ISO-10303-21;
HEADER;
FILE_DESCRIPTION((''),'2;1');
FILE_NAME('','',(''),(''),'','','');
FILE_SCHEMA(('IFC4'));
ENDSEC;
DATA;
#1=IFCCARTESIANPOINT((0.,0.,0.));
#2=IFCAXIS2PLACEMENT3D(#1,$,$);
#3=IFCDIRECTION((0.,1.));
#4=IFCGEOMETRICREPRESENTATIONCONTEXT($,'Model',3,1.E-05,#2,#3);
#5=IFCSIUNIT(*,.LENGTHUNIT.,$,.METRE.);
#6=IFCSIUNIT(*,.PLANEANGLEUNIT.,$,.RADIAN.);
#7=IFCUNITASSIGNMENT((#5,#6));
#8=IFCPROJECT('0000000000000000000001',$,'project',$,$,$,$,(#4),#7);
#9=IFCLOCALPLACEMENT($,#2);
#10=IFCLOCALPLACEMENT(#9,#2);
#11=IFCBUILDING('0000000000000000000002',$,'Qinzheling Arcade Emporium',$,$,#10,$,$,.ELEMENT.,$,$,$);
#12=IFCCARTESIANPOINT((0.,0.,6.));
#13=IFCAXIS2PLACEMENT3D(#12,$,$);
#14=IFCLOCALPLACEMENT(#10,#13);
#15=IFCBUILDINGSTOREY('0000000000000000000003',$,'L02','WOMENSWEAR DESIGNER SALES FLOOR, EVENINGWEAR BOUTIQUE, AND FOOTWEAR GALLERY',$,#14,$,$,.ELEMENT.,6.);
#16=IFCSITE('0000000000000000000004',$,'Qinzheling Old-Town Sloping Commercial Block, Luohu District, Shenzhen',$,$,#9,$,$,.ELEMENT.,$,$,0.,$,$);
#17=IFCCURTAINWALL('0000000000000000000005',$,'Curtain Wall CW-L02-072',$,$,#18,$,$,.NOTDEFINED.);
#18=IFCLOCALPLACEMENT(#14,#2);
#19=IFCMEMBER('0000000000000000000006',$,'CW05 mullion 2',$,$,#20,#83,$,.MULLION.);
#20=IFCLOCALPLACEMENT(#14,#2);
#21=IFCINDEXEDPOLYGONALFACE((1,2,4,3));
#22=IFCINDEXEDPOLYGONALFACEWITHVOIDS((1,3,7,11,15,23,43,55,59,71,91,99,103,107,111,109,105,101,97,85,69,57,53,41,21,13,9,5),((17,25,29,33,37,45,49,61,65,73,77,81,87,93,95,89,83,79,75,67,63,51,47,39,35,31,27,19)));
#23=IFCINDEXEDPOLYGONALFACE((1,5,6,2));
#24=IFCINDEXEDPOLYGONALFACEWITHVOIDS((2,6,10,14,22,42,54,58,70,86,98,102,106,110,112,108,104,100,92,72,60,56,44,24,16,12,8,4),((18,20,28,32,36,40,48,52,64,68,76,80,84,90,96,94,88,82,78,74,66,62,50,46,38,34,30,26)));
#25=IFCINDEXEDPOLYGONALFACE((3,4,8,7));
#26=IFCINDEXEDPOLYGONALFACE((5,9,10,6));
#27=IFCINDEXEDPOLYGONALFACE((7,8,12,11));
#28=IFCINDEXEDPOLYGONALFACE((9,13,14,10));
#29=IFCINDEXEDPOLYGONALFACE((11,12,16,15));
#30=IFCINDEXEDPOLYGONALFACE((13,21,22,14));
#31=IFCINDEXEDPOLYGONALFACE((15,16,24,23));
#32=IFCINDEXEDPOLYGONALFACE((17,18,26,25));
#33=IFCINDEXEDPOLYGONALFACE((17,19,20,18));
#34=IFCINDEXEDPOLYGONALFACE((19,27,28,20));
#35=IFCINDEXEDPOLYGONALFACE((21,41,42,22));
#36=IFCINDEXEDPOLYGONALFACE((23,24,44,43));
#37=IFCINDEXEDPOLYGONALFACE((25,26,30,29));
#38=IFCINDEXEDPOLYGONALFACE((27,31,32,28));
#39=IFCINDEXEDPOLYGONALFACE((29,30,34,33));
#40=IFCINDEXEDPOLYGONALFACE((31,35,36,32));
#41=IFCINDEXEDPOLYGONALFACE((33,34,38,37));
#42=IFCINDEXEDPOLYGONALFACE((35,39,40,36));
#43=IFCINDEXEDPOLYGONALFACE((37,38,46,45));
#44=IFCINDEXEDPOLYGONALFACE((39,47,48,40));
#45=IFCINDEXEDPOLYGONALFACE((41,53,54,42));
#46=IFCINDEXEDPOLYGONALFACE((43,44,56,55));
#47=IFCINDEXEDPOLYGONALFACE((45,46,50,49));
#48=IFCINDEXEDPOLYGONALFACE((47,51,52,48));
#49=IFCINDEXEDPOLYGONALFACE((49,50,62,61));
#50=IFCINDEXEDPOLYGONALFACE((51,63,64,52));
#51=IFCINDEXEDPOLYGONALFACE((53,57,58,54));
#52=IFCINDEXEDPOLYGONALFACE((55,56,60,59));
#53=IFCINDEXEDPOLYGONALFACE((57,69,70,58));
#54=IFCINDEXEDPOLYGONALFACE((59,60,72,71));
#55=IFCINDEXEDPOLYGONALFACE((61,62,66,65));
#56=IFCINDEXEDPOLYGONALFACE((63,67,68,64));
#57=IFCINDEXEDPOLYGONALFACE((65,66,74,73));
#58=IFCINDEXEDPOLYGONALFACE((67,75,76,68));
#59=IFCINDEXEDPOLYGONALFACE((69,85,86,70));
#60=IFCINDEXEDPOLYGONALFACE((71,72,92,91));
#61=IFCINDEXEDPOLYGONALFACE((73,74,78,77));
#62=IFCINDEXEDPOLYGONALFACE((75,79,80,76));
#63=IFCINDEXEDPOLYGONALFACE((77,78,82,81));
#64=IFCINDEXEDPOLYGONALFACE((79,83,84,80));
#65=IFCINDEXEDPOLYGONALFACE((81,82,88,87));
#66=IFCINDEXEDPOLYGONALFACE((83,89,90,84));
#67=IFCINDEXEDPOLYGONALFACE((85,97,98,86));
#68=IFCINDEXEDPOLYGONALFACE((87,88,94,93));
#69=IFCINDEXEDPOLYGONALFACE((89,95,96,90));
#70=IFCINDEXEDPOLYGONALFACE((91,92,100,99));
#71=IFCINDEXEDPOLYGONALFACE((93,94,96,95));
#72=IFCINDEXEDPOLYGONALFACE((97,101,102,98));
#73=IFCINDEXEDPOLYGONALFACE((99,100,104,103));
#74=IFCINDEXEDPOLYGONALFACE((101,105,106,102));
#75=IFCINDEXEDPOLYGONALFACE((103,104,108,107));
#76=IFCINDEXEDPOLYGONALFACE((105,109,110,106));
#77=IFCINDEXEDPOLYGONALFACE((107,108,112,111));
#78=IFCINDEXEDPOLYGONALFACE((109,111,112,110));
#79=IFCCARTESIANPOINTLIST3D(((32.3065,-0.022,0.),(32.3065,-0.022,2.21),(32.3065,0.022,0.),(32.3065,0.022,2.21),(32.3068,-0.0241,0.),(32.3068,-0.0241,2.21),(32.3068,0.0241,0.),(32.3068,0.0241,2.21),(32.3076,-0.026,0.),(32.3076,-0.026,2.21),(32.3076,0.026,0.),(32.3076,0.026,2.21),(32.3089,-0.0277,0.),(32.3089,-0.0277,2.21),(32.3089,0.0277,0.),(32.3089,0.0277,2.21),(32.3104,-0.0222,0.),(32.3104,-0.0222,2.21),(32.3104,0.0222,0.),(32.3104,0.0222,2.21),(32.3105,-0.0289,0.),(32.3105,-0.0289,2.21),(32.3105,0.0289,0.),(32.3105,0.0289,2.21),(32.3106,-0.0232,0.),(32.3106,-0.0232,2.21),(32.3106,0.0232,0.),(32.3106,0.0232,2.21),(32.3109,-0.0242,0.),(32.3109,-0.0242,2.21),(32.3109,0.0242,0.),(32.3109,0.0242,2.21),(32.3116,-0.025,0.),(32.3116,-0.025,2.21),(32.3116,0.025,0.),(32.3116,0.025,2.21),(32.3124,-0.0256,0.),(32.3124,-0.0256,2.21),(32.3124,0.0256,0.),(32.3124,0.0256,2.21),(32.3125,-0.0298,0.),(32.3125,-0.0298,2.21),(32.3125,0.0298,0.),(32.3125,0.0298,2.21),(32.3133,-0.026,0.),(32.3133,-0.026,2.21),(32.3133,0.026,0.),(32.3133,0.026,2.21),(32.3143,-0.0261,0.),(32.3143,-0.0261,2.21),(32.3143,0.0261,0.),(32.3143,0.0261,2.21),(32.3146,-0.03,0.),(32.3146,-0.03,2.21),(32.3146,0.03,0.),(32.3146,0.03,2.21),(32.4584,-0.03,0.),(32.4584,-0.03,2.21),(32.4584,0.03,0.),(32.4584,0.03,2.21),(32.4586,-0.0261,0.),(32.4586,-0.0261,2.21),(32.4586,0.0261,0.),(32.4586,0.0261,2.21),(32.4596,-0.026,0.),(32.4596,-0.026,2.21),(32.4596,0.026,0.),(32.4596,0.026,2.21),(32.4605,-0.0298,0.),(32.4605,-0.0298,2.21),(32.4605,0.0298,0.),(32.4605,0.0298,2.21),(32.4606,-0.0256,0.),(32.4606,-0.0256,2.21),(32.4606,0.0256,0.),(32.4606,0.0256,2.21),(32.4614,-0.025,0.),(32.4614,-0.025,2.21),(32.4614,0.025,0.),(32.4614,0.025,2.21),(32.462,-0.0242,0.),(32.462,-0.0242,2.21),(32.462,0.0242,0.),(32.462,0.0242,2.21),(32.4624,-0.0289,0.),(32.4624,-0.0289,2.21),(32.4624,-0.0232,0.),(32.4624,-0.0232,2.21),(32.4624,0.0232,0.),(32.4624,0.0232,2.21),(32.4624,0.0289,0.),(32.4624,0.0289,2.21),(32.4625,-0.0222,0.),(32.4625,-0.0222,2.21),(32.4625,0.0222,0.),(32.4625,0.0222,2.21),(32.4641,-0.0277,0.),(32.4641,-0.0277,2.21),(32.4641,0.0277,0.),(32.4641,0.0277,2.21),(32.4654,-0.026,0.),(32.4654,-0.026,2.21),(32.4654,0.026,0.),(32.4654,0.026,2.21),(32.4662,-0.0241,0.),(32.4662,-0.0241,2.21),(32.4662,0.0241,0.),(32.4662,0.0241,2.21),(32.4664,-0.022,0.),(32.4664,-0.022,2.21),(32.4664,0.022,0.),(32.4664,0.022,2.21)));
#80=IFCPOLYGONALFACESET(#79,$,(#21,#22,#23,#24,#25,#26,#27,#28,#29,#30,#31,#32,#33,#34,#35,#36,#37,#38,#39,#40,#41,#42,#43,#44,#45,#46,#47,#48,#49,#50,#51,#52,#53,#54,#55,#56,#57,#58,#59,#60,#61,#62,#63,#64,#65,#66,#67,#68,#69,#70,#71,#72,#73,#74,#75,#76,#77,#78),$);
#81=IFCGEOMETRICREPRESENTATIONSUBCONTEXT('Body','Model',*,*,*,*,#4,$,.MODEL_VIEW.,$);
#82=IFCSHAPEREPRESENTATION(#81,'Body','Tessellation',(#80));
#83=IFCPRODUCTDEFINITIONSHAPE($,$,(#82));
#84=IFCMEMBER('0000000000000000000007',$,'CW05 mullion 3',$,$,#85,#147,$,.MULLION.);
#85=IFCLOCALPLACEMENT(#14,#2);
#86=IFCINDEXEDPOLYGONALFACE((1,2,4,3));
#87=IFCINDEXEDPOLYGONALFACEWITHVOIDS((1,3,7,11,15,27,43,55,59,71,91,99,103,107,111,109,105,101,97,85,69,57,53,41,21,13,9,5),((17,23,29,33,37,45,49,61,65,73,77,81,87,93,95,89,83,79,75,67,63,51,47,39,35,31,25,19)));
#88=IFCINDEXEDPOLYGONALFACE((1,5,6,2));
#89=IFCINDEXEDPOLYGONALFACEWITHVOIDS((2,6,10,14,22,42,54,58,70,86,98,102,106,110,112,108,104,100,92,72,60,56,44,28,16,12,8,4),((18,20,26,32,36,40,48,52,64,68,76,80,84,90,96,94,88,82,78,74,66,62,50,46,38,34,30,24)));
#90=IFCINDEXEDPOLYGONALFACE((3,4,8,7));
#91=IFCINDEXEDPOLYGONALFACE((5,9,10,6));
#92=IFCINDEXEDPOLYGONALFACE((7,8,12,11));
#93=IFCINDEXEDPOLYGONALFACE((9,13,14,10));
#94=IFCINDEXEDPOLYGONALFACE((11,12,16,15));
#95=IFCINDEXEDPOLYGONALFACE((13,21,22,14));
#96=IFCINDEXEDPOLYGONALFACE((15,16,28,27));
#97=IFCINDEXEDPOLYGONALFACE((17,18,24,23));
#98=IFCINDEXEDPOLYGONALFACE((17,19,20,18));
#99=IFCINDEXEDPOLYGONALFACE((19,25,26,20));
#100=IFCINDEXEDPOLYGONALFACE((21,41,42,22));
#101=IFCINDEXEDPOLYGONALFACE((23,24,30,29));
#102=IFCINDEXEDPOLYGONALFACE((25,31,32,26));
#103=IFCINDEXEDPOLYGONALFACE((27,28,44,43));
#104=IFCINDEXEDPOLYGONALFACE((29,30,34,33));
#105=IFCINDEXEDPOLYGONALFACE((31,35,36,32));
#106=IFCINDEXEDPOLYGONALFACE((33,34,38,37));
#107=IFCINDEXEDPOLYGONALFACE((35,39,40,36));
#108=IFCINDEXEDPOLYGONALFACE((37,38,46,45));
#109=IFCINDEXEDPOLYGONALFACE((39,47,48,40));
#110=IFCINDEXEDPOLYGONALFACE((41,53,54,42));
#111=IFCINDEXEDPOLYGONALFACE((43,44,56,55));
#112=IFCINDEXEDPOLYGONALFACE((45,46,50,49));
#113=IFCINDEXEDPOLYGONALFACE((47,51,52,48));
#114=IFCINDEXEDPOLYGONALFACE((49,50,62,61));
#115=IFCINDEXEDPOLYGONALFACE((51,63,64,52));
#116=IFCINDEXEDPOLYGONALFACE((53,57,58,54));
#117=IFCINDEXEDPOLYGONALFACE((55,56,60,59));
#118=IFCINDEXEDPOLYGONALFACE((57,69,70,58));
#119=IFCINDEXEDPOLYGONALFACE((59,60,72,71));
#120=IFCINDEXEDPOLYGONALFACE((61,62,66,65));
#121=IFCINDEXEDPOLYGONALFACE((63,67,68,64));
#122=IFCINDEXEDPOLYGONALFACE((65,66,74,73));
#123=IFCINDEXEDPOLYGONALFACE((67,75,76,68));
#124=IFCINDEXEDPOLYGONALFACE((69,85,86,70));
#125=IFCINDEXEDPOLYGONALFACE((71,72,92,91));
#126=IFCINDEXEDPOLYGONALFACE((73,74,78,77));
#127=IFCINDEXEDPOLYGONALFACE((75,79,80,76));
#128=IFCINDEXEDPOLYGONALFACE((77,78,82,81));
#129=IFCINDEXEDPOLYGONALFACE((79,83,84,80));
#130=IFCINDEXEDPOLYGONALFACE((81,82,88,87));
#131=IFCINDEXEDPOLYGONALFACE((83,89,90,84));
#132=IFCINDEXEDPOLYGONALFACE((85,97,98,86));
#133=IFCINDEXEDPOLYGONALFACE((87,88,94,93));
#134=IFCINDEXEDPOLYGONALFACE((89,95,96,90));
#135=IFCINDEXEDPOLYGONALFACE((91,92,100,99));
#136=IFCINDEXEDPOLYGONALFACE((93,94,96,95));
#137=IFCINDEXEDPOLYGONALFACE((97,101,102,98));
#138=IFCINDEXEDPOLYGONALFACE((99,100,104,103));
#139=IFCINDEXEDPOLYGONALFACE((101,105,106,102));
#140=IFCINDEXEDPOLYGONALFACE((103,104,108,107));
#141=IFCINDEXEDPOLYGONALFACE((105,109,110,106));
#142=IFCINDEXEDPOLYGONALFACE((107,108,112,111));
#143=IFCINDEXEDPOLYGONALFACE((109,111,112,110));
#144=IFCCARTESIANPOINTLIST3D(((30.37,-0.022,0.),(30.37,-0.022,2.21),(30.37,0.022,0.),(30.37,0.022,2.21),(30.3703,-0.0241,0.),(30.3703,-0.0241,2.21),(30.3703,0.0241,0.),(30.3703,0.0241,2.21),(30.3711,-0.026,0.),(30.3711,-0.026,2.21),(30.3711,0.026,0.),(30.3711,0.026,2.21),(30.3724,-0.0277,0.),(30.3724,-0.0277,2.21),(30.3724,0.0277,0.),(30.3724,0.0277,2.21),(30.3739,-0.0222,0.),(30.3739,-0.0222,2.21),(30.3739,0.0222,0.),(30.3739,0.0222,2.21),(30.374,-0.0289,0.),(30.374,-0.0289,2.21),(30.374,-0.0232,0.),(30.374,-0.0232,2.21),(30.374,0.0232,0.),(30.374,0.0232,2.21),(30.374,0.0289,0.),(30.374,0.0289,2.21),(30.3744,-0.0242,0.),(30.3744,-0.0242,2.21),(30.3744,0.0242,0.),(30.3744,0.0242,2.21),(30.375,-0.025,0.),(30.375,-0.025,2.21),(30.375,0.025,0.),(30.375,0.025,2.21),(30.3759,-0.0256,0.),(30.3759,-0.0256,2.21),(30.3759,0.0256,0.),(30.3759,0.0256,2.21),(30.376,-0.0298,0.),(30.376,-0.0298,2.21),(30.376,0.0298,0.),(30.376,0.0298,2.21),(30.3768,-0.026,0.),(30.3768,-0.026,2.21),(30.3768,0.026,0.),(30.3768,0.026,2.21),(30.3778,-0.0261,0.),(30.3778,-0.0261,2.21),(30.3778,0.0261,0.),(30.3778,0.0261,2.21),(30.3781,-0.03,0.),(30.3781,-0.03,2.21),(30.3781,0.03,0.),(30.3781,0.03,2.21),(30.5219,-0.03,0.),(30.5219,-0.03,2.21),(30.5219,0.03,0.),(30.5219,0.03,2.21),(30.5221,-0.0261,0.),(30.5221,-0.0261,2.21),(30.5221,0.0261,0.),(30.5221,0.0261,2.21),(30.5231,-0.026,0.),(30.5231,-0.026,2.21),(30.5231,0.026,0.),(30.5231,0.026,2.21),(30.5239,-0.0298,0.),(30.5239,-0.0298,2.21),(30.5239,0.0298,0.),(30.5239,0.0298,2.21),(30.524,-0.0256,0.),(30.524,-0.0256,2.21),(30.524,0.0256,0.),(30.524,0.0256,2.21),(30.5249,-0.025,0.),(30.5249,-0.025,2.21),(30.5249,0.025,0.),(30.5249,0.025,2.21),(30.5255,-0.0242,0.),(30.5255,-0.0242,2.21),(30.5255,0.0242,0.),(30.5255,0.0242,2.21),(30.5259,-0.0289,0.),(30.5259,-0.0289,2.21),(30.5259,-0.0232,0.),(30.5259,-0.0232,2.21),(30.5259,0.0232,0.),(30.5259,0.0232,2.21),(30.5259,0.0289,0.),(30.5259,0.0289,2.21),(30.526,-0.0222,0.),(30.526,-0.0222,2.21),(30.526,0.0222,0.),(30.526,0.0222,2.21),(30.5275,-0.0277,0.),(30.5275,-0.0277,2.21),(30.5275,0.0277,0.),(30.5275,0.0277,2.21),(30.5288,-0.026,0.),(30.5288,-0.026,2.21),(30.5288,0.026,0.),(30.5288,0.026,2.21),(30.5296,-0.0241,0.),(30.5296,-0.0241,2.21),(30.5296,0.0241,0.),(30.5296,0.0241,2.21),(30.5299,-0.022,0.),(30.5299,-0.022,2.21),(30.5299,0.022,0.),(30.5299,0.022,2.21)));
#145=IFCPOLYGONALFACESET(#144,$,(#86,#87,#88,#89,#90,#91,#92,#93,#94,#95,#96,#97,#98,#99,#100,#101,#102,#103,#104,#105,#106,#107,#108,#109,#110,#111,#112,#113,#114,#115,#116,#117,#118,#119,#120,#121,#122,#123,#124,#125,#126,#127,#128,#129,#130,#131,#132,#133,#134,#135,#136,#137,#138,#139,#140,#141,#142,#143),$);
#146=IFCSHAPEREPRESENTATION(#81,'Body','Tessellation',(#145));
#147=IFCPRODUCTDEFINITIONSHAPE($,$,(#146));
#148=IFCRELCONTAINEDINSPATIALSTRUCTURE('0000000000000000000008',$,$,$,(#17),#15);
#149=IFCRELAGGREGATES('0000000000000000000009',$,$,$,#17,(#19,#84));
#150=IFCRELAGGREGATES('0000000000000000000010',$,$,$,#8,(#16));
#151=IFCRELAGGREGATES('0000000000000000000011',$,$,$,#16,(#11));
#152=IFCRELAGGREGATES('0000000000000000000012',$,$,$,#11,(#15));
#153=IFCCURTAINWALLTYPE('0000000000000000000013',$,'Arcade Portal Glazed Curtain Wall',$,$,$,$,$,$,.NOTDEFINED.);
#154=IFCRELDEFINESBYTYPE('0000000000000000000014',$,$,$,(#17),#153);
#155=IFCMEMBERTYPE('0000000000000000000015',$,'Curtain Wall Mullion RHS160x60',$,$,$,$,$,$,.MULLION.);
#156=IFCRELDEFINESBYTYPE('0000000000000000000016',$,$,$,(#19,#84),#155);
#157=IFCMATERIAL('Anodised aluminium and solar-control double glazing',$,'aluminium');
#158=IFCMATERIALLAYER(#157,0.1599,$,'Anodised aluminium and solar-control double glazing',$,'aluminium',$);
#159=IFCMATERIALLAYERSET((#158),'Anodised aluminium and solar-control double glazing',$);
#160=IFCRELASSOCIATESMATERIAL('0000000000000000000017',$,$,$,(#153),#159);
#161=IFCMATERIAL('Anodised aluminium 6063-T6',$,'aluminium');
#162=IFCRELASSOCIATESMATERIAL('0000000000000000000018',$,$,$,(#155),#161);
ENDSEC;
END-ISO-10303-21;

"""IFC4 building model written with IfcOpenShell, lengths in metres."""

from ifc_helpers import new_model, si_unit, direction, frame, origin, origin_2d, place, context, subcontext, project, spatial, hollow_rectangle, extrude, material, layer, layer_set, material_profile, profile_set, type_object, element, aggregate, save


model = new_model("IFC4")

# Units and contexts
model_context = context("Model", 3, precision=1e-05, world=origin(), true_north=direction((0.0, 1.0)))
body_context = subcontext(model_context, "Body", "Model", "MODEL_VIEW")
ifc_project = project(units=[si_unit("LENGTHUNIT", "METRE"), si_unit("PLANEANGLEUNIT", "RADIAN")], contexts=[model_context])

# Site, building, storey
site_placement = place(None, origin())
site = spatial("IfcSite", under=ifc_project, at=site_placement, Name="Qinzheling Old-Town Sloping Commercial Block, Luohu District, Shenzhen", CompositionType="ELEMENT", RefElevation=0.0)
building_placement = place(site_placement, origin())
building = spatial("IfcBuilding", under=site, at=building_placement, Name="Qinzheling Arcade Emporium", CompositionType="ELEMENT")
storey_placement = place(building_placement, frame((0.0, 0.0, 6.0)))
storey = spatial("IfcBuildingStorey", under=building, at=storey_placement, Name="L02", Description="WOMENSWEAR DESIGNER SALES FLOOR, EVENINGWEAR BOUTIQUE, AND FOOTWEAR GALLERY", CompositionType="ELEMENT", Elevation=6.0)

# Shared definitions
ifc_material_1 = material(Name="Anodised aluminium and solar-control double glazing", Category="aluminium")
ifc_layer_1 = layer(ifc_material_1, 0.1599, Name="Anodised aluminium and solar-control double glazing", Category="aluminium")
ifc_layer_set_1 = layer_set([ifc_layer_1], Name="Anodised aluminium and solar-control double glazing")
curtain_wall_type = type_object("IfcCurtainWallType", Name="Arcade Portal Glazed Curtain Wall", PredefinedType="NOTDEFINED", material=ifc_layer_set_1)
ifc_material_2 = material(Name="Anodised aluminium 6063-T6", Category="aluminium")
ifc_material_profile_1 = material_profile(ifc_material_2, hollow_rectangle(XDim=0.0601, YDim=0.1599, WallThickness=0.0039, InnerFilletRadius=0.0039, OuterFilletRadius=0.0081, at=origin_2d()), Name="RHS 160x60x4", Category="aluminium")
ifc_profile_set_1 = profile_set([ifc_material_profile_1], Name="Anodised aluminium 6063-T6")
member_type_1 = type_object("IfcMemberType", Name="Curtain Wall Mullion RHS160x60", PredefinedType="MULLION", material=ifc_profile_set_1)

# Curtain wall, members
curtain_wall_1_placement = place(storey_placement, origin())
curtain_wall_1 = element("IfcCurtainWall", 1, at=curtain_wall_1_placement, inside=storey, type_object=curtain_wall_type, Name="Curtain Wall CW-L02-072", PredefinedType="NOTDEFINED")
member_1_placement = place(storey_placement, frame((32.3865, 0.0, 0.0), z_axis=(0.0, 0.0, 1.0), x_axis=(0.0, -1.0, 0.0)))
member_1 = element("IfcMember", 2, at=member_1_placement, type_object=member_type_1, Name="CW05 mullion 2", PredefinedType="MULLION", context=body_context, shape_type="SweptSolid", body=[
    extrude(hollow_rectangle(XDim=0.0601, YDim=0.1599, WallThickness=0.0039, InnerFilletRadius=0.0039, OuterFilletRadius=0.0081, at=origin_2d()), origin(), (0.0, 0.0, 1.0), 2.21),
])
member_2_placement = place(storey_placement, frame((30.45, 0.0, 0.0), z_axis=(0.0, 0.0, 1.0), x_axis=(0.0, -1.0, 0.0)))
member_2 = element("IfcMember", 3, at=member_2_placement, type_object=member_type_1, Name="CW05 mullion 3", PredefinedType="MULLION", context=body_context, shape_type="SweptSolid", body=[
    extrude(hollow_rectangle(XDim=0.0601, YDim=0.1599, WallThickness=0.0039, InnerFilletRadius=0.0039, OuterFilletRadius=0.0081, at=origin_2d()), origin(), (0.0, 0.0, 1.0), 2.21),
])

aggregate(curtain_wall_1, [member_1, member_2])

save(model, "model.ifc")
